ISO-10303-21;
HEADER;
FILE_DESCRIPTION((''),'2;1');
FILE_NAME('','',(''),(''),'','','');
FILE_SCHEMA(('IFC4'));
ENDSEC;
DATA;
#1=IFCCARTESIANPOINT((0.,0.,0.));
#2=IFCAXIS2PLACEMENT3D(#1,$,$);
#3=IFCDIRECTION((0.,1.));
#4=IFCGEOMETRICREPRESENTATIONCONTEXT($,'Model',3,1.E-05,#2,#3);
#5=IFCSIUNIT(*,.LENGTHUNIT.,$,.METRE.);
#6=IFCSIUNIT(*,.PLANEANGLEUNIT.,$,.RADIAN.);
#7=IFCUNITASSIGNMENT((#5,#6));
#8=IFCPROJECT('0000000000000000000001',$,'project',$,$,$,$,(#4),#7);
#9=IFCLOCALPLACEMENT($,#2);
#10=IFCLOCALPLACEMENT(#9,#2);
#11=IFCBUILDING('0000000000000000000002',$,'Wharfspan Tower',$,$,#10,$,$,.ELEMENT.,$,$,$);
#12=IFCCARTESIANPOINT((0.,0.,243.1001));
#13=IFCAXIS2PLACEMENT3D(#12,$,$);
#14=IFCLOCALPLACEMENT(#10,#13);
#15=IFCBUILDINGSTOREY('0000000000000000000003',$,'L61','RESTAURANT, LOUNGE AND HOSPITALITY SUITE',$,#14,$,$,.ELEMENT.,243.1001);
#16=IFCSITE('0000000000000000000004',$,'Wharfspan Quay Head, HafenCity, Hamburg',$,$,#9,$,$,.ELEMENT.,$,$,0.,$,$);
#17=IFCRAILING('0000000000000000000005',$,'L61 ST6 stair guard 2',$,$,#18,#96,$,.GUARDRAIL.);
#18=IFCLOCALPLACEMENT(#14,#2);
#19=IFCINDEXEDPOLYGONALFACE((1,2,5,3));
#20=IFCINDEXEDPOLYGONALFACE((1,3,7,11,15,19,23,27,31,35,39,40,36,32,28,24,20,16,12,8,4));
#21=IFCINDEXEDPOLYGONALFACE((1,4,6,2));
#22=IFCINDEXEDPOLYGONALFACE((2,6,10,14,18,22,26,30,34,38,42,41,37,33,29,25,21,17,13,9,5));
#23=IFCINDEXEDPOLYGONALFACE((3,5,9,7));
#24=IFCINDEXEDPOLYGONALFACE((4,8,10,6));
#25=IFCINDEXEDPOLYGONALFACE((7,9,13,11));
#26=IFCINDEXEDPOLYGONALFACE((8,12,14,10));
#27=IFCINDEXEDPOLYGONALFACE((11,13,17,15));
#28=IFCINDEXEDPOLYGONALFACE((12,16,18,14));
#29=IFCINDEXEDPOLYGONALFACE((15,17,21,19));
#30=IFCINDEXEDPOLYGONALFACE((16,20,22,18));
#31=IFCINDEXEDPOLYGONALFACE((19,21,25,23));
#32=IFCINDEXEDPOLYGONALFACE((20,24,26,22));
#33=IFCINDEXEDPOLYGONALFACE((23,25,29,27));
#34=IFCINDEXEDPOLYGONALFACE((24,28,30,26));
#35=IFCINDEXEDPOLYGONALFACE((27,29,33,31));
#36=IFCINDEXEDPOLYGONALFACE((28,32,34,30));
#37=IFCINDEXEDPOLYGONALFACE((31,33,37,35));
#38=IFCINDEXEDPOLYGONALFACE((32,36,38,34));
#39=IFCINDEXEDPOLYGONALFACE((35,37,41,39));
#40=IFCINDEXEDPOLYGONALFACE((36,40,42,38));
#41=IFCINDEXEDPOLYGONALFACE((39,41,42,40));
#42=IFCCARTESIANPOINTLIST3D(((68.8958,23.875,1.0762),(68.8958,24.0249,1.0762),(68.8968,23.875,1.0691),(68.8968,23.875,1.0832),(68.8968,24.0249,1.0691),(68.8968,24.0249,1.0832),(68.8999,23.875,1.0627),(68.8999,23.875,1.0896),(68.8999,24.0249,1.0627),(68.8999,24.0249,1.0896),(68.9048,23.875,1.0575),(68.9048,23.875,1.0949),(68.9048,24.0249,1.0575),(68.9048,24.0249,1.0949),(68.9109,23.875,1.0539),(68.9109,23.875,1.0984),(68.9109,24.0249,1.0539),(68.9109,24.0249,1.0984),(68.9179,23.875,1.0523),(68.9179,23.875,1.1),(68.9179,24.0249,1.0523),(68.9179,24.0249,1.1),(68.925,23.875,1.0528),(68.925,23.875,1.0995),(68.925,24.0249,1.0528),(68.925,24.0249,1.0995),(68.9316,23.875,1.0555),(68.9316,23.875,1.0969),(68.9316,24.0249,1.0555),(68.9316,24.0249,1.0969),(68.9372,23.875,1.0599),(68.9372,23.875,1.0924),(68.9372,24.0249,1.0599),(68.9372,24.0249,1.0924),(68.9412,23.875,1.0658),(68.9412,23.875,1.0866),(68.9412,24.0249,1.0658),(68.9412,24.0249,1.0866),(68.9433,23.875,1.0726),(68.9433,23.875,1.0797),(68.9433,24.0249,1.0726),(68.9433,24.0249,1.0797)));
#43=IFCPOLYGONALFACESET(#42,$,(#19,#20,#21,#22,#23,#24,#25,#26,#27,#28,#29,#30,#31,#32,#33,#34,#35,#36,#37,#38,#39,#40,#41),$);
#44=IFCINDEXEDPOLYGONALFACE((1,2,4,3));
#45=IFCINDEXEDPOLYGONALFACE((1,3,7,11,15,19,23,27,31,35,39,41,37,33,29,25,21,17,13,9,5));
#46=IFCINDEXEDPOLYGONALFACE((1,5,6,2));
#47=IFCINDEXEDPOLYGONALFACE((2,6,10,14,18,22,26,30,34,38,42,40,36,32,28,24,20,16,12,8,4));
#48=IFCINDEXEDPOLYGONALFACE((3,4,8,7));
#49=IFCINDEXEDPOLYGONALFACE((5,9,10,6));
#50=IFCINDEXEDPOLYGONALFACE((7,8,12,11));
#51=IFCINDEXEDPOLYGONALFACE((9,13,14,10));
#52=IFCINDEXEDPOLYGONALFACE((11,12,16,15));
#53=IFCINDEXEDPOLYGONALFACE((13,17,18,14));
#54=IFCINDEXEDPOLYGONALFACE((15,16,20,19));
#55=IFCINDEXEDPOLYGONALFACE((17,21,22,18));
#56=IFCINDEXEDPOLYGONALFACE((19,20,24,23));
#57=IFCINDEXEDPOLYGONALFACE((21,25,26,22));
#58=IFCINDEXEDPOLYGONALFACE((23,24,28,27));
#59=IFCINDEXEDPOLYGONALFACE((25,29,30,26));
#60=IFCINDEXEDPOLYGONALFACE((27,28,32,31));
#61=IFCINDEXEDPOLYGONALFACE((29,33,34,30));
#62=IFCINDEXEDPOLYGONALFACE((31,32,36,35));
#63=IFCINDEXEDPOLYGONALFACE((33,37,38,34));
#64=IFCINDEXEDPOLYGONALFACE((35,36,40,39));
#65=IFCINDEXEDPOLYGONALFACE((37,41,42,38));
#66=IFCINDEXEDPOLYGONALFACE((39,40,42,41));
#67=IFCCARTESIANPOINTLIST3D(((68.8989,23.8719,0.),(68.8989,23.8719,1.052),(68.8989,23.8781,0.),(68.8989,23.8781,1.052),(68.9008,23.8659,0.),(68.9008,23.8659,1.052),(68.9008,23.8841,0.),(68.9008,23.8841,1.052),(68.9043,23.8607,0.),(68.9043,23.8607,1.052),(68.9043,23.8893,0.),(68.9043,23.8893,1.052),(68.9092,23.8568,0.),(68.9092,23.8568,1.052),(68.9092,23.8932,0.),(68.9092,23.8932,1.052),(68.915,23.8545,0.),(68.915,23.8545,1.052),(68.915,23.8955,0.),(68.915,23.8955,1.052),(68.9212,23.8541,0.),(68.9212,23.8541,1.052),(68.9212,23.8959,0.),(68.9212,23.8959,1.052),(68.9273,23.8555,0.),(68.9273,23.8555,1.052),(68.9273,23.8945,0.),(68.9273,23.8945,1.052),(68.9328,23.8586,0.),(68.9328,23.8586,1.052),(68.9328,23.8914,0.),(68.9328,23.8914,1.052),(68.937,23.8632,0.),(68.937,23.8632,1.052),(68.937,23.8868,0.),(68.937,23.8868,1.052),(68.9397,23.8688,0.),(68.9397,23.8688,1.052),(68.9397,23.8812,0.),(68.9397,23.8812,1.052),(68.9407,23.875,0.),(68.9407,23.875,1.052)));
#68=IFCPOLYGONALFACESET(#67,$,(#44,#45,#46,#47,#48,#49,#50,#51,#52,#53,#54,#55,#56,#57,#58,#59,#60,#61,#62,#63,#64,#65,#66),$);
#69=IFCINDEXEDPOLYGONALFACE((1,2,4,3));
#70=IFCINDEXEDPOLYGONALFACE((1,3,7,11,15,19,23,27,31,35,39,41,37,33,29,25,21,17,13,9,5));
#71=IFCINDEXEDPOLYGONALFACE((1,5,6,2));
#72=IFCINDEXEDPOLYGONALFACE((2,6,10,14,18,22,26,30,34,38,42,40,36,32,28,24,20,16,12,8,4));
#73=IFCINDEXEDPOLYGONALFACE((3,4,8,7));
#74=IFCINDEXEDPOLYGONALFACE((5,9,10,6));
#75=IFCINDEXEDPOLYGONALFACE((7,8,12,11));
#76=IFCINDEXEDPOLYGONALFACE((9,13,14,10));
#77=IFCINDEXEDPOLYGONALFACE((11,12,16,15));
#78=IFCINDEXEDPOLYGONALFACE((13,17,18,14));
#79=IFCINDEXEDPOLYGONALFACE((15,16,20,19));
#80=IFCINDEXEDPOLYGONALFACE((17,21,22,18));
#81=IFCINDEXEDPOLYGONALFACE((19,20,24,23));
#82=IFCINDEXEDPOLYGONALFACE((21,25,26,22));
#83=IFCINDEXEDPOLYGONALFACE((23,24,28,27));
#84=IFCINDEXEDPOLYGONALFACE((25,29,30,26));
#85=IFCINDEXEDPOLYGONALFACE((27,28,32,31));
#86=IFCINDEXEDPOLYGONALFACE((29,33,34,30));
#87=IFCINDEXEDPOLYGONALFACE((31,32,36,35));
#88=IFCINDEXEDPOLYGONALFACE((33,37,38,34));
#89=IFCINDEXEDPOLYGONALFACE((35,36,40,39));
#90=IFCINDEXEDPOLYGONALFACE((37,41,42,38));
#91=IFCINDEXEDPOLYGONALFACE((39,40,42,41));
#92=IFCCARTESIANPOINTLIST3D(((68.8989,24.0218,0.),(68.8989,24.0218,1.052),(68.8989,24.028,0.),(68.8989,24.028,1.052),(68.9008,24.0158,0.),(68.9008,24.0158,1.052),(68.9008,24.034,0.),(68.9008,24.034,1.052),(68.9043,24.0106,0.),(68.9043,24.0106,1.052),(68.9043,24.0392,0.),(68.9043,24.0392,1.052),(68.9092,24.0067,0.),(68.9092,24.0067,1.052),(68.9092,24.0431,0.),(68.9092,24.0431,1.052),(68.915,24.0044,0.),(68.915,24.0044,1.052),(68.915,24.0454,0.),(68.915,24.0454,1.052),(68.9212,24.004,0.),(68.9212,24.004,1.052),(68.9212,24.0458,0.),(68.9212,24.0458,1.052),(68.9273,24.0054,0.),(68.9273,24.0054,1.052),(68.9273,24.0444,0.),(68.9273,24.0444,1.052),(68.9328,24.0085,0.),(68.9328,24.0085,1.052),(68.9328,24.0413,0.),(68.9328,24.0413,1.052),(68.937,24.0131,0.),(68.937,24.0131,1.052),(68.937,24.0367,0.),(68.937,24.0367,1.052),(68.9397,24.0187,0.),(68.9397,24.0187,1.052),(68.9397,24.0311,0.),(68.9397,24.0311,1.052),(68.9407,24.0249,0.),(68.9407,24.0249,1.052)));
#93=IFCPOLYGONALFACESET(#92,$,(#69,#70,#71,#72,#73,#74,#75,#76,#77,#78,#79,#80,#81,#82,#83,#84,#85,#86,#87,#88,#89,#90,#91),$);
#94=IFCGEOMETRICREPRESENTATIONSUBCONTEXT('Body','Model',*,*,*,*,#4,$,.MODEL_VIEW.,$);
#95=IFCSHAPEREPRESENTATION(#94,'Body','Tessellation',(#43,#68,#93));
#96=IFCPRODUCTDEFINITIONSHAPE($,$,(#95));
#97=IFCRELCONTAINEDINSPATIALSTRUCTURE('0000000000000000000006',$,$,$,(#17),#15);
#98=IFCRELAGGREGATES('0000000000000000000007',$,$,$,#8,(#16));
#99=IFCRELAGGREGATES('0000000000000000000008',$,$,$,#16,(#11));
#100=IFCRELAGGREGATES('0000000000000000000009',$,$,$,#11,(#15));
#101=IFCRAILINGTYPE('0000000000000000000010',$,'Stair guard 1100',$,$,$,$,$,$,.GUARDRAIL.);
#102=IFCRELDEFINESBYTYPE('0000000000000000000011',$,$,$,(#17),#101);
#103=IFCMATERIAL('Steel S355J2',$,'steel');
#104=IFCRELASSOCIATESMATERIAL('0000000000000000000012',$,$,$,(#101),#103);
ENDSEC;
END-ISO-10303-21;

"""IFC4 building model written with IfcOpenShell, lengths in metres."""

from ifc_helpers import new_model, si_unit, direction, frame, origin, origin_2d, place, context, subcontext, project, spatial, circle, extrude, material, type_object, element, save


model = new_model("IFC4")

# Units and contexts
model_context = context("Model", 3, precision=1e-05, world=origin(), true_north=direction((0.0, 1.0)))
body_context = subcontext(model_context, "Body", "Model", "MODEL_VIEW")
ifc_project = project(units=[si_unit("LENGTHUNIT", "METRE"), si_unit("PLANEANGLEUNIT", "RADIAN")], contexts=[model_context])

# Site, building, storey
site_placement = place(None, origin())
site = spatial("IfcSite", under=ifc_project, at=site_placement, Name="Wharfspan Quay Head, HafenCity, Hamburg", CompositionType="ELEMENT", RefElevation=0.0)
building_placement = place(site_placement, origin())
building = spatial("IfcBuilding", under=site, at=building_placement, Name="Wharfspan Tower", CompositionType="ELEMENT")
storey_placement = place(building_placement, frame((0.0, 0.0, 243.1001)))
storey = spatial("IfcBuildingStorey", under=building, at=storey_placement, Name="L61", Description="RESTAURANT, LOUNGE AND HOSPITALITY SUITE", CompositionType="ELEMENT", Elevation=243.1001)

# Shared definitions
ifc_material_1 = material(Name="Steel S355J2", Category="steel")

# Railing
railing_type_1 = type_object("IfcRailingType", Name="Stair guard 1100", PredefinedType="GUARDRAIL", material=ifc_material_1)
railing_1_placement = place(storey_placement, frame((68.9197, 23.875, 0.0)))
element("IfcRailing", 1, at=railing_1_placement, inside=storey, type_object=railing_type_1, Name="L61 ST6 stair guard 2", PredefinedType="GUARDRAIL", context=body_context, shape_type="SweptSolid", body=[
    extrude(circle(Radius=0.0239, at=origin_2d()), frame((0.0, 0.0, 1.0762), z_axis=(0.0, 1.0, 0.0), x_axis=(-1.0, 0.0, 0.0)), (0.0, 0.0, 1.0), 0.1499),
    extrude(circle(Radius=0.021, at=origin_2d()), origin(), (0.0, 0.0, 1.0), 1.052),
    extrude(circle(Radius=0.021, at=origin_2d()), frame((0.0, 0.1499, 0.0)), (0.0, 0.0, 1.0), 1.052),
])

save(model, "model.ifc")
